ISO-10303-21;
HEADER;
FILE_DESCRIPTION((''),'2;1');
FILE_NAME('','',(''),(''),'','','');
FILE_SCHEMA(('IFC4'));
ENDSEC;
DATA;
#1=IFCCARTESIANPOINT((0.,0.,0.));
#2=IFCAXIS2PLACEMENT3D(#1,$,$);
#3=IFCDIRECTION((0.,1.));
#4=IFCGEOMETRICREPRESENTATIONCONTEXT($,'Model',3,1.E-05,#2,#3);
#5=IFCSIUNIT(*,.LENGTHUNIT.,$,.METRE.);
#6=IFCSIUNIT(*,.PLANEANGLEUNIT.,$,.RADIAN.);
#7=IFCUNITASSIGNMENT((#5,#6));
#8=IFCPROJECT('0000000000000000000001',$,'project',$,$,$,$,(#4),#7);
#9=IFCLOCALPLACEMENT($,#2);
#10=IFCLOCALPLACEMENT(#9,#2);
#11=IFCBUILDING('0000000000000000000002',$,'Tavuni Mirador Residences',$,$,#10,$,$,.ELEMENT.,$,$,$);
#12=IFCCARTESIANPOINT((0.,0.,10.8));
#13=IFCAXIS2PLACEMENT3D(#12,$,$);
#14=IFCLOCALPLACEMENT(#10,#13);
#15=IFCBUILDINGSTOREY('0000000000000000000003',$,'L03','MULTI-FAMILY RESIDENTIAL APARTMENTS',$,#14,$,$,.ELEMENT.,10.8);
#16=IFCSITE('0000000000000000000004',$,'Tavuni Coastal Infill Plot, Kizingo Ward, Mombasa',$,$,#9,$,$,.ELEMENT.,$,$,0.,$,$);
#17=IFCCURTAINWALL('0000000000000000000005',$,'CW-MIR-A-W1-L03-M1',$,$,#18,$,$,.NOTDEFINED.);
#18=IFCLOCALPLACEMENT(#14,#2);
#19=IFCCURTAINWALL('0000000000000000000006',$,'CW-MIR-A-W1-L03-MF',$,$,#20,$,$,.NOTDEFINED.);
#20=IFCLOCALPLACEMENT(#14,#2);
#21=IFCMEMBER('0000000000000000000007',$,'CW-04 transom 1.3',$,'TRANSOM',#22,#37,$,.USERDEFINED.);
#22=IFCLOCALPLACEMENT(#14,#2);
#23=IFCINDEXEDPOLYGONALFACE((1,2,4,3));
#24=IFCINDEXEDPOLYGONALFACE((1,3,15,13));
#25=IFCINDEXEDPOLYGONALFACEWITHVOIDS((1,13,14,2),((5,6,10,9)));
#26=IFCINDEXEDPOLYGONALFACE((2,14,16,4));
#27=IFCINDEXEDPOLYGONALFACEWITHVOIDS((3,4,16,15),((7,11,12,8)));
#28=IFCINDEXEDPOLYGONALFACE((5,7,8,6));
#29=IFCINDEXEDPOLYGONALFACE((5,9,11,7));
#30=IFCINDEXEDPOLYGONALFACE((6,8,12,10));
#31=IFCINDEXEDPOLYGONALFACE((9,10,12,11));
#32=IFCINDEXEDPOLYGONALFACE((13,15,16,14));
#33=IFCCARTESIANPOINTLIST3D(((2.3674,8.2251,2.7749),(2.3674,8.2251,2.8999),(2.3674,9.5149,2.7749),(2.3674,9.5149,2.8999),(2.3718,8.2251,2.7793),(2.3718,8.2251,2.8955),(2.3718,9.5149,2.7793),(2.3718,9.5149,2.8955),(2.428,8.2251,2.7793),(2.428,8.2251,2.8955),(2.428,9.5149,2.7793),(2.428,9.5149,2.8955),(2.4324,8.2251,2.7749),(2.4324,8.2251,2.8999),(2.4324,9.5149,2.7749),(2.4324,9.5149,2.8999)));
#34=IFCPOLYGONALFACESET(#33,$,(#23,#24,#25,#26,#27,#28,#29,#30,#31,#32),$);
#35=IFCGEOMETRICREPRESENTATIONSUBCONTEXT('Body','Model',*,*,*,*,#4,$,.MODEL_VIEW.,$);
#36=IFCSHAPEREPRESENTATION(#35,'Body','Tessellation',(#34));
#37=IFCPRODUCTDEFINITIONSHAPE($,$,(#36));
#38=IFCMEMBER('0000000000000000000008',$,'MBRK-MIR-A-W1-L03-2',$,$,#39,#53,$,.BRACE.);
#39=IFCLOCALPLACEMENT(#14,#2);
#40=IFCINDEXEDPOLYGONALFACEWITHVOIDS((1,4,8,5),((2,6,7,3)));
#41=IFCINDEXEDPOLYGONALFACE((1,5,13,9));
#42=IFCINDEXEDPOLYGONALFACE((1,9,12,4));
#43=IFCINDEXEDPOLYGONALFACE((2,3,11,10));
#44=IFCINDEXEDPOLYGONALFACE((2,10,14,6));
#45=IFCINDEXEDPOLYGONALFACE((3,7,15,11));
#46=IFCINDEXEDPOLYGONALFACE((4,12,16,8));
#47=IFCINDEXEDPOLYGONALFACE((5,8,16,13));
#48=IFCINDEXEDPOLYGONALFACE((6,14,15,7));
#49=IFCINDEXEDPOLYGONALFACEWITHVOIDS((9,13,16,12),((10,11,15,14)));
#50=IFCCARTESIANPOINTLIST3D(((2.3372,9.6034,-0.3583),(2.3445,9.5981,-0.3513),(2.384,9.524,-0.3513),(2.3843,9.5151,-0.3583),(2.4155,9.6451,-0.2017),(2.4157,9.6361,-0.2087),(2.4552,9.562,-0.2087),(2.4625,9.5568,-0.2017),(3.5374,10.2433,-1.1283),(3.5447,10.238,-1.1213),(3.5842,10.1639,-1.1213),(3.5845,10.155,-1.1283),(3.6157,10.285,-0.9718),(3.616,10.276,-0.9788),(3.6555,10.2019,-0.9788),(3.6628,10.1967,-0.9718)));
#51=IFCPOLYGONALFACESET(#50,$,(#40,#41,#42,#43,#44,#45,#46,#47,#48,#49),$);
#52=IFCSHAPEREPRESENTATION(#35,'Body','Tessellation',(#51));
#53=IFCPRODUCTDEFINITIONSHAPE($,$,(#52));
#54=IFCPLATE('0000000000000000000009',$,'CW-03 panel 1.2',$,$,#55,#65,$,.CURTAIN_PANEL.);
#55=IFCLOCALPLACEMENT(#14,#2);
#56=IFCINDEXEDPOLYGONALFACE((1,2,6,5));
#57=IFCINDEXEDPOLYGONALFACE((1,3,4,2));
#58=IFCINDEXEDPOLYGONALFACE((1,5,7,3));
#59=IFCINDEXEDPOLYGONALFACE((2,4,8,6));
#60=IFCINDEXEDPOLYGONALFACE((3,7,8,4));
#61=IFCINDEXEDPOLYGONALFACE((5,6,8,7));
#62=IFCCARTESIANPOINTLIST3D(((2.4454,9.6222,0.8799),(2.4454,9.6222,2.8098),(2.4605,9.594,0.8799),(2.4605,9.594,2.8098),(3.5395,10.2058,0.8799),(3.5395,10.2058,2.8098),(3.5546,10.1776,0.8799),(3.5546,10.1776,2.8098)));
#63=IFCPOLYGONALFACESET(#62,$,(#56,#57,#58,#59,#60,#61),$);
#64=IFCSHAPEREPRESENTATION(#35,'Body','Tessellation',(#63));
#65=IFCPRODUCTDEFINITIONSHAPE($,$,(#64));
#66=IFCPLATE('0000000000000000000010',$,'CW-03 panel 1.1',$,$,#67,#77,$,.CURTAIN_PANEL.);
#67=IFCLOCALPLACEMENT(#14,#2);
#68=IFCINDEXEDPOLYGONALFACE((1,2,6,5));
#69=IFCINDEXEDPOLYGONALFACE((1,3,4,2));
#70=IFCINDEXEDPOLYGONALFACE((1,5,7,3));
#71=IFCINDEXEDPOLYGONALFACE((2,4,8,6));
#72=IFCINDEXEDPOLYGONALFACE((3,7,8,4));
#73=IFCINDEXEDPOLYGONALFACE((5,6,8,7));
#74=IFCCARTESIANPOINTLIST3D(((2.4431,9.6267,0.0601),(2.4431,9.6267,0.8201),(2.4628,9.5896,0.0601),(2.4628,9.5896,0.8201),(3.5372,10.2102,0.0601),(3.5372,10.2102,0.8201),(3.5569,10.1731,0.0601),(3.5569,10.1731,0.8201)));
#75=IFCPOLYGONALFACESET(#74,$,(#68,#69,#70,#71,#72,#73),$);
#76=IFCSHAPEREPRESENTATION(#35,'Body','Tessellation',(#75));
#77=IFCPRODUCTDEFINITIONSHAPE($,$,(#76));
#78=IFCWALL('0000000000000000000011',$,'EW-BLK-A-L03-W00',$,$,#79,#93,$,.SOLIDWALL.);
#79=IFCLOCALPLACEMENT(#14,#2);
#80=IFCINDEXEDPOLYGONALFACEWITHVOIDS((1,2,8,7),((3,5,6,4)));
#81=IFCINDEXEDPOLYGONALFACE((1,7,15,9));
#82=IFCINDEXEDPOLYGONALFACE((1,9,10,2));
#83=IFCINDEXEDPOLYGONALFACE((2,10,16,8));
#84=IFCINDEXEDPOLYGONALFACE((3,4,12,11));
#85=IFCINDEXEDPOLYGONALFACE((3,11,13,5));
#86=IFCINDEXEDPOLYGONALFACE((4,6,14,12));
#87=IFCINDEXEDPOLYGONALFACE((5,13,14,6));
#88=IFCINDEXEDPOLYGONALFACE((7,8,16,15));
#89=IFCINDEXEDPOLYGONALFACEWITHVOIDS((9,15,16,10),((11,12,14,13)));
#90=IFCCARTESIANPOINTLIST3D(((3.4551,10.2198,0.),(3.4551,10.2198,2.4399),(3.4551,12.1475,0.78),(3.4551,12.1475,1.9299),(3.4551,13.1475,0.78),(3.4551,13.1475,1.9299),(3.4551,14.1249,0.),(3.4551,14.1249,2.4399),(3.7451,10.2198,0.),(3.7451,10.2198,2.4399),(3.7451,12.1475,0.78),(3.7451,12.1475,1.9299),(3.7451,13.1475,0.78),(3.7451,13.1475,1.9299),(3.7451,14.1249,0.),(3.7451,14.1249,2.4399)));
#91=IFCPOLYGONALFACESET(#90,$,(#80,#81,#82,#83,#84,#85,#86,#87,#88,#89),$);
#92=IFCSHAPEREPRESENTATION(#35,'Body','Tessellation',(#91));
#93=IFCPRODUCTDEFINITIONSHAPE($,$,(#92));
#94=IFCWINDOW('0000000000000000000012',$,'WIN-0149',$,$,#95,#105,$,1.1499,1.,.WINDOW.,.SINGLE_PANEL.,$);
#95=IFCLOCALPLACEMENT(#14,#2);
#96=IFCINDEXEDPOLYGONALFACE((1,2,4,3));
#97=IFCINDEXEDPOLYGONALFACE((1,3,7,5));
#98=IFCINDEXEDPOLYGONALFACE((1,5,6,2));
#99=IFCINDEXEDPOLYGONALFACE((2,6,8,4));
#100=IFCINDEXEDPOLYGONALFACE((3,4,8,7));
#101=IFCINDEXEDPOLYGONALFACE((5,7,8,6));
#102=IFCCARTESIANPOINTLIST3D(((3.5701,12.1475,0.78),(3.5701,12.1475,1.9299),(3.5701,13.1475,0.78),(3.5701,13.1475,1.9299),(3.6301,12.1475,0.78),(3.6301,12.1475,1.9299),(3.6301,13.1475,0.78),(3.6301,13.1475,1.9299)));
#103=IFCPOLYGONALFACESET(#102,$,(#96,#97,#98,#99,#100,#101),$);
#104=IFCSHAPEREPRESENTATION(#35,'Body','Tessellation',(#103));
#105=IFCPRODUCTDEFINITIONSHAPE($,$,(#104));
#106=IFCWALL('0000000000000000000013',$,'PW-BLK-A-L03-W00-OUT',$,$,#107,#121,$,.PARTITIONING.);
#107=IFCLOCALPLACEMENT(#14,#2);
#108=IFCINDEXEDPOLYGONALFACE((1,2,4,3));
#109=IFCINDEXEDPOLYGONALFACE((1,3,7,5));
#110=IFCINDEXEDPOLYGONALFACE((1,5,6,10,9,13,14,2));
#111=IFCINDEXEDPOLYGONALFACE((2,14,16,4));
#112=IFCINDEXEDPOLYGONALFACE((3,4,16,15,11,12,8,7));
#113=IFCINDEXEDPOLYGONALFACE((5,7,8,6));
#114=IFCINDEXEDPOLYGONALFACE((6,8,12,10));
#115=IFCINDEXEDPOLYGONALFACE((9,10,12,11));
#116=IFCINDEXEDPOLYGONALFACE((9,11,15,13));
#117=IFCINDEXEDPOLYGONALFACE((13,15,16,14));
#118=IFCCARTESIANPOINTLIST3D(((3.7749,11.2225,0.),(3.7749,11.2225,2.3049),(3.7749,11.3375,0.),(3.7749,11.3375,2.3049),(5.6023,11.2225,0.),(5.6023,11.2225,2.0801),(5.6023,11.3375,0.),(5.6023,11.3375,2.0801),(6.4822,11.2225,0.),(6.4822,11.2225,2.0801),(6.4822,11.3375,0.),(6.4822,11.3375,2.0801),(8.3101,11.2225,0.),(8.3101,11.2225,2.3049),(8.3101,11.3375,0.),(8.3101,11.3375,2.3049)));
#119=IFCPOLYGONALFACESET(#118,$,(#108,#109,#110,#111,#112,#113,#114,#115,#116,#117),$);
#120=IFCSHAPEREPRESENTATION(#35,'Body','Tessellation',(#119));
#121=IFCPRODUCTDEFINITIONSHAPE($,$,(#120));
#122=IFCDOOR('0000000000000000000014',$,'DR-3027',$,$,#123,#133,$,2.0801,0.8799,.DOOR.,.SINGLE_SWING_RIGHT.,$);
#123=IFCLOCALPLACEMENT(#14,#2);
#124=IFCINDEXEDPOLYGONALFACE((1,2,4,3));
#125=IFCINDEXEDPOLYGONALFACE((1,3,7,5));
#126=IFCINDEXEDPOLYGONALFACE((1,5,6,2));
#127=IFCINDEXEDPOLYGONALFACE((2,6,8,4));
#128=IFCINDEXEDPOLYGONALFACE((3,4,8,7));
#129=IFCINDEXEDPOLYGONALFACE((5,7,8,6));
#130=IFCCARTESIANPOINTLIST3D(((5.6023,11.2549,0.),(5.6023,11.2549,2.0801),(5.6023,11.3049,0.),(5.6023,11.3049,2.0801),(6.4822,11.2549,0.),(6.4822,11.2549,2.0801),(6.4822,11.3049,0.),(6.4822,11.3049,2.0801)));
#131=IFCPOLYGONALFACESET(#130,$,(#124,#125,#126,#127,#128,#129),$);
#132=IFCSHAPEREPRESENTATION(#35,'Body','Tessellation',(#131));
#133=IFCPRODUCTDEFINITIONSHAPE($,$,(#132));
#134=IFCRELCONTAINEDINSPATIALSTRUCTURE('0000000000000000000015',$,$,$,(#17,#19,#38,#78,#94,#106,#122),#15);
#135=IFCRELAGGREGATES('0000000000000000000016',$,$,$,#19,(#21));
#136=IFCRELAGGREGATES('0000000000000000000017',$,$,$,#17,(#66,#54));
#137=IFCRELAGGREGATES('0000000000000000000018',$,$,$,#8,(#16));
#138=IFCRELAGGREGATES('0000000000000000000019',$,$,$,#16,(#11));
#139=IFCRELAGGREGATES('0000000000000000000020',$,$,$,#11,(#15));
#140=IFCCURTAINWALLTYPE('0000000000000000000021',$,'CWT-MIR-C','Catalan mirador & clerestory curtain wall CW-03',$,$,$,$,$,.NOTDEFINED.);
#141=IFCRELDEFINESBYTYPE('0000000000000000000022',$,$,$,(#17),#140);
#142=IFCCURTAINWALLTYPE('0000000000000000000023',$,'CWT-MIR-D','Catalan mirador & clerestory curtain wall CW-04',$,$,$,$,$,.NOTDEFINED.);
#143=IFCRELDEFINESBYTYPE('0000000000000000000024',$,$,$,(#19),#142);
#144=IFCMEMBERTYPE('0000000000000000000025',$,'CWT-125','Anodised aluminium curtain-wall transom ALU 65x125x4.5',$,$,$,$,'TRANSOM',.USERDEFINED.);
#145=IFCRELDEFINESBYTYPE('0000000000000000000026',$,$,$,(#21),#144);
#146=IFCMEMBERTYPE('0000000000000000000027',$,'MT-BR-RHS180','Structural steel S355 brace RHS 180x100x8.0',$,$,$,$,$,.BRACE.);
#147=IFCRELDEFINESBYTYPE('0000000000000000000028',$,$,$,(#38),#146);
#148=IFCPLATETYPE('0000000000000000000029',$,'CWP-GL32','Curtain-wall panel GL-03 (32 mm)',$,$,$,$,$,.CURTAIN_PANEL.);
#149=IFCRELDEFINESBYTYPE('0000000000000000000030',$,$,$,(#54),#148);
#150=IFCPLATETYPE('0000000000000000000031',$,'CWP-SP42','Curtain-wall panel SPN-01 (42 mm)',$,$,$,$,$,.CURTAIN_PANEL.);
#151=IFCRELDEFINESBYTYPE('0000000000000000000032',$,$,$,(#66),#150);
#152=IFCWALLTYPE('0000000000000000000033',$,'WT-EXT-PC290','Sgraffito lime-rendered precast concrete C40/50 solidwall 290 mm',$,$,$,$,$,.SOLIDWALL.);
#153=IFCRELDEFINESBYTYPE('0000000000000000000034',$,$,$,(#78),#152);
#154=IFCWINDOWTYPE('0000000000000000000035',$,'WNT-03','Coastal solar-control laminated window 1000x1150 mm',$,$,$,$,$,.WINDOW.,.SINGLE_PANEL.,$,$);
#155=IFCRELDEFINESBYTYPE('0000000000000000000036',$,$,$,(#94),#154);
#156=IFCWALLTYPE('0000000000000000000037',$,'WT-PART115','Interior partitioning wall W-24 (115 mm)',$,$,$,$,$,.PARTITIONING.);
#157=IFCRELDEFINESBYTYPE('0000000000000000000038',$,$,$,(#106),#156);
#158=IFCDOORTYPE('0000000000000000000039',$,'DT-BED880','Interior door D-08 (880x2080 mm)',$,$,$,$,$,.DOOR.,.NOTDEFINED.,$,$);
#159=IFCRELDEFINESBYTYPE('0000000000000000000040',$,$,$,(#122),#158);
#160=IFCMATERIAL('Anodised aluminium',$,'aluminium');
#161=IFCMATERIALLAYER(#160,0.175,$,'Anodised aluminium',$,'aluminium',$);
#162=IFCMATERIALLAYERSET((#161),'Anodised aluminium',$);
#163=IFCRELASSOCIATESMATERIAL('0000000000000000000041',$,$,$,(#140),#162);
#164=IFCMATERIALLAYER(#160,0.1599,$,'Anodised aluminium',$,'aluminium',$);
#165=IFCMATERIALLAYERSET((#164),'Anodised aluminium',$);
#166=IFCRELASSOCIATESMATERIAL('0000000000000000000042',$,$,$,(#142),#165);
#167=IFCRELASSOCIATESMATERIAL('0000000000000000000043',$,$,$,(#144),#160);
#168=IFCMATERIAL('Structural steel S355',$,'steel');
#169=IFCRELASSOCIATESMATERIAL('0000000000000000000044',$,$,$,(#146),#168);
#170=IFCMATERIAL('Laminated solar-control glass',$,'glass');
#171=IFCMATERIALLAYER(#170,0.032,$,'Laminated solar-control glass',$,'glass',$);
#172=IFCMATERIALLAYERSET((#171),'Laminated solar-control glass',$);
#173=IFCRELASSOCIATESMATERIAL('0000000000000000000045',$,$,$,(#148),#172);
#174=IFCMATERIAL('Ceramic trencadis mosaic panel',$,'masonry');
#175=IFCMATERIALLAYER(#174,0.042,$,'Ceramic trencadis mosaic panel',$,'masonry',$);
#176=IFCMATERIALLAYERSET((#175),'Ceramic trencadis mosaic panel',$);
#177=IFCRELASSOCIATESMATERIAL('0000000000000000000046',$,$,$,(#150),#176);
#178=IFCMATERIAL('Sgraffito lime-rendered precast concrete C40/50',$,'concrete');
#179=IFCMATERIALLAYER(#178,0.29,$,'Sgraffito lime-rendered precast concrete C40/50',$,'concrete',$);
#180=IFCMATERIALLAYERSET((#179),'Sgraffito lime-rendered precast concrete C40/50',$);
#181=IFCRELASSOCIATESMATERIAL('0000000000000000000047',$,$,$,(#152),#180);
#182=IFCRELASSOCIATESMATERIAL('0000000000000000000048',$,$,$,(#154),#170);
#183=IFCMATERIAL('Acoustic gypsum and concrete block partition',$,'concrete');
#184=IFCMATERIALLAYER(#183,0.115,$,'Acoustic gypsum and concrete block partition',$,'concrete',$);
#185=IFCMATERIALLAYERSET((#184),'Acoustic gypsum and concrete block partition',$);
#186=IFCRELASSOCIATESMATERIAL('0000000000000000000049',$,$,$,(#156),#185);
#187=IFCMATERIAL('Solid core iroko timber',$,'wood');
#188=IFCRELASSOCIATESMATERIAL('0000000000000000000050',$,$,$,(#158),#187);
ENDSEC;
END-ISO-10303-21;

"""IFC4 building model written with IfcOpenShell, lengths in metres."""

from ifc_helpers import new_model, si_unit, direction, frame, frame_2d, origin, origin_2d, place, context, subcontext, project, spatial, rectangle, hollow_rectangle, extrude, material, layer, layer_set, material_profile, profile_set, type_object, element, fill, aggregate, save


model = new_model("IFC4")

# Units and contexts
model_context = context("Model", 3, precision=1e-05, world=origin(), true_north=direction((0.0, 1.0)))
body_context = subcontext(model_context, "Body", "Model", "MODEL_VIEW")
ifc_project = project(units=[si_unit("LENGTHUNIT", "METRE"), si_unit("PLANEANGLEUNIT", "RADIAN")], contexts=[model_context])

# Site, building, storey
site_placement = place(None, origin())
site = spatial("IfcSite", under=ifc_project, at=site_placement, Name="Tavuni Coastal Infill Plot, Kizingo Ward, Mombasa", CompositionType="ELEMENT", RefElevation=0.0)
building_placement = place(site_placement, origin())
building = spatial("IfcBuilding", under=site, at=building_placement, Name="Tavuni Mirador Residences", CompositionType="ELEMENT")
storey_placement = place(building_placement, frame((0.0, 0.0, 10.8)))
storey = spatial("IfcBuildingStorey", under=building, at=storey_placement, Name="L03", Description="MULTI-FAMILY RESIDENTIAL APARTMENTS", CompositionType="ELEMENT", Elevation=10.8)

# Curtain wall
ifc_material_1 = material(Name="Anodised aluminium", Category="aluminium")
ifc_layer_1 = layer(ifc_material_1, 0.175, Name="Anodised aluminium", Category="aluminium")
ifc_layer_set_1 = layer_set([ifc_layer_1], Name="Anodised aluminium")
curtain_wall_type_1 = type_object("IfcCurtainWallType", Name="CWT-MIR-C", Description="Catalan mirador & clerestory curtain wall CW-03", PredefinedType="NOTDEFINED", material=ifc_layer_set_1)
curtain_wall_1_placement = place(storey_placement, origin())
curtain_wall_1 = element("IfcCurtainWall", 1, at=curtain_wall_1_placement, inside=storey, type_object=curtain_wall_type_1, Name="CW-MIR-A-W1-L03-M1", PredefinedType="NOTDEFINED")

# Curtain wall
ifc_layer_2 = layer(ifc_material_1, 0.1599, Name="Anodised aluminium", Category="aluminium")
ifc_layer_set_2 = layer_set([ifc_layer_2], Name="Anodised aluminium")
curtain_wall_type_2 = type_object("IfcCurtainWallType", Name="CWT-MIR-D", Description="Catalan mirador & clerestory curtain wall CW-04", PredefinedType="NOTDEFINED", material=ifc_layer_set_2)
curtain_wall_2_placement = place(storey_placement, origin())
curtain_wall_2 = element("IfcCurtainWall", 2, at=curtain_wall_2_placement, inside=storey, type_object=curtain_wall_type_2, Name="CW-MIR-A-W1-L03-MF", PredefinedType="NOTDEFINED")

# Members
ifc_material_profile_1 = material_profile(ifc_material_1, hollow_rectangle(XDim=0.0649, YDim=0.125, WallThickness=0.0044, at=origin_2d()), Name="ALU 65x125x4.5", Category="aluminium")
ifc_profile_set_1 = profile_set([ifc_material_profile_1], Name="Anodised aluminium")
member_type_1 = type_object("IfcMemberType", Name="CWT-125", Description="Anodised aluminium curtain-wall transom ALU 65x125x4.5", ElementType="TRANSOM", PredefinedType="USERDEFINED", material=ifc_profile_set_1)
member_1_placement = place(storey_placement, frame((2.3999, 9.5149, 2.8374), z_axis=(0.0, -1.0, 0.0), x_axis=(1.0, 0.0, 0.0)))
member_1 = element("IfcMember", 3, at=member_1_placement, type_object=member_type_1, Name="CW-04 transom 1.3", ObjectType="TRANSOM", PredefinedType="USERDEFINED", context=body_context, shape_type="SweptSolid", body=[
    extrude(hollow_rectangle(XDim=0.0649, YDim=0.125, WallThickness=0.0044, at=origin_2d()), origin(), (0.0, 0.0, 1.0), 1.2898),
])
aggregate(curtain_wall_2, [member_1])
ifc_material_2 = material(Name="Structural steel S355", Category="steel")
ifc_material_profile_2 = material_profile(ifc_material_2, hollow_rectangle(XDim=0.1001, YDim=0.1799, WallThickness=0.0081, at=origin_2d()), Name="RHS 180x100x8.0", Category="steel")
ifc_profile_set_2 = profile_set([ifc_material_profile_2], Name="Structural steel S355")
member_type_2 = type_object("IfcMemberType", Name="MT-BR-RHS180", Description="Structural steel S355 brace RHS 180x100x8.0", PredefinedType="BRACE", material=ifc_profile_set_2)
member_2_placement = place(storey_placement, frame((3.6001, 10.22, -1.05), z_axis=(-0.767896, -0.409409, 0.492666), x_axis=(0.470467, -0.882418, 0.0)))
element("IfcMember", 4, at=member_2_placement, inside=storey, type_object=member_type_2, Name="MBRK-MIR-A-W1-L03-2", PredefinedType="BRACE", context=body_context, shape_type="SweptSolid", body=[
    extrude(hollow_rectangle(XDim=0.1001, YDim=0.1799, WallThickness=0.0081, at=origin_2d()), origin(), (0.0, 0.0, 1.0), 1.563),
])

# Plates
ifc_material_3 = material(Name="Laminated solar-control glass", Category="glass")
ifc_layer_3 = layer(ifc_material_3, 0.032, Name="Laminated solar-control glass", Category="glass")
ifc_layer_set_3 = layer_set([ifc_layer_3], Name="Laminated solar-control glass")
plate_type_1 = type_object("IfcPlateType", Name="CWP-GL32", Description="Curtain-wall panel GL-03 (32 mm)", PredefinedType="CURTAIN_PANEL", material=ifc_layer_set_3)
plate_1_placement = place(storey_placement, frame((3.0, 9.8999, 0.8799), z_axis=(0.0, 0.0, 1.0), x_axis=(-0.882353, -0.470588, 0.0)))
plate_1 = element("IfcPlate", 5, at=plate_1_placement, type_object=plate_type_1, Name="CW-03 panel 1.2", PredefinedType="CURTAIN_PANEL", context=body_context, shape_type="SweptSolid", body=[
    extrude(rectangle(XDim=1.24, YDim=0.032, at=origin_2d()), origin(), (0.0, 0.0, 1.0), 1.9299),
])
ifc_material_4 = material(Name="Ceramic trencadis mosaic panel", Category="masonry")
ifc_layer_4 = layer(ifc_material_4, 0.042, Name="Ceramic trencadis mosaic panel", Category="masonry")
ifc_layer_set_4 = layer_set([ifc_layer_4], Name="Ceramic trencadis mosaic panel")
plate_type_2 = type_object("IfcPlateType", Name="CWP-SP42", Description="Curtain-wall panel SPN-01 (42 mm)", PredefinedType="CURTAIN_PANEL", material=ifc_layer_set_4)
plate_2_placement = place(storey_placement, frame((3.0, 9.8999, 0.0601), z_axis=(0.0, 0.0, 1.0), x_axis=(-0.882353, -0.470588, 0.0)))
plate_2 = element("IfcPlate", 6, at=plate_2_placement, type_object=plate_type_2, Name="CW-03 panel 1.1", PredefinedType="CURTAIN_PANEL", context=body_context, shape_type="SweptSolid", body=[
    extrude(rectangle(XDim=1.24, YDim=0.042, at=origin_2d()), origin(), (0.0, 0.0, 1.0), 0.76),
])
aggregate(curtain_wall_1, [plate_2, plate_1])

# Wall, opening, window
ifc_material_5 = material(Name="Sgraffito lime-rendered precast concrete C40/50", Category="concrete")
ifc_layer_5 = layer(ifc_material_5, 0.29, Name="Sgraffito lime-rendered precast concrete C40/50", Category="concrete")
ifc_layer_set_5 = layer_set([ifc_layer_5], Name="Sgraffito lime-rendered precast concrete C40/50")
wall_type_1 = type_object("IfcWallType", Name="WT-EXT-PC290", Description="Sgraffito lime-rendered precast concrete C40/50 solidwall 290 mm", PredefinedType="SOLIDWALL", material=ifc_layer_set_5)
wall_1_placement = place(storey_placement, frame((3.6001, 14.125, 0.0), z_axis=(0.0, 0.0, 1.0), x_axis=(0.0, -1.0, 0.0)))
wall_1 = element("IfcWall", 7, at=wall_1_placement, inside=storey, type_object=wall_type_1, Name="EW-BLK-A-L03-W00", PredefinedType="SOLIDWALL", context=body_context, shape_type="SweptSolid", body=[
    extrude(rectangle(XDim=3.905, YDim=0.29, at=frame_2d((1.9526, 0.0))), origin(), (0.0, 0.0, 1.0), 2.4399),
])
opening_1_placement = place(wall_1_placement, frame((0.9775, 0.0, 0.78)))
opening_1 = element("IfcOpeningElement", 8, at=opening_1_placement, cuts=wall_1, PredefinedType="OPENING", context=body_context, shape_type="SweptSolid", body=[
    extrude(rectangle(XDim=1.0, YDim=1.1499, at=frame_2d((0.5, 0.575))), frame((0.0, 0.155, 0.0), z_axis=(0.0, -1.0, 0.0), x_axis=(1.0, 0.0, 0.0)), (0.0, 0.0, 1.0), 0.3101),
])
window_type = type_object("IfcWindowType", Name="WNT-03", Description="Coastal solar-control laminated window 1000x1150 mm", PartitioningType="SINGLE_PANEL", PredefinedType="WINDOW", material=ifc_material_3)
window_placement = place(opening_1_placement, origin())
window = element("IfcWindow", 9, at=window_placement, inside=storey, type_object=window_type, Name="WIN-0149", OverallHeight=1.1499, OverallWidth=1.0, PartitioningType="SINGLE_PANEL", PredefinedType="WINDOW", context=body_context, shape_type="SweptSolid", body=[
    extrude(rectangle(XDim=1.0, YDim=1.1499, at=frame_2d((0.5, 0.575))), frame((0.0, 0.03, 0.0), z_axis=(0.0, -1.0, 0.0), x_axis=(1.0, 0.0, 0.0)), (0.0, 0.0, 1.0), 0.0601),
])
fill(opening_1, window)

# Wall, opening, door
ifc_material_6 = material(Name="Acoustic gypsum and concrete block partition", Category="concrete")
ifc_layer_6 = layer(ifc_material_6, 0.115, Name="Acoustic gypsum and concrete block partition", Category="concrete")
ifc_layer_set_6 = layer_set([ifc_layer_6], Name="Acoustic gypsum and concrete block partition")
wall_type_2 = type_object("IfcWallType", Name="WT-PART115", Description="Interior partitioning wall W-24 (115 mm)", PredefinedType="PARTITIONING", material=ifc_layer_set_6)
wall_2_placement = place(storey_placement, frame((3.7749, 11.28, 0.0), z_axis=(0.0, 0.0, 1.0), x_axis=(1.0, 0.0, 0.0)))
wall_2 = element("IfcWall", 10, at=wall_2_placement, inside=storey, type_object=wall_type_2, Name="PW-BLK-A-L03-W00-OUT", PredefinedType="PARTITIONING", context=body_context, shape_type="SweptSolid", body=[
    extrude(rectangle(XDim=4.5352, YDim=0.115, at=frame_2d((2.2676, 0.0))), origin(), (0.0, 0.0, 1.0), 2.3049),
])
opening_2_placement = place(wall_2_placement, frame((1.8274, 0.0, 0.0)))
opening_2 = element("IfcOpeningElement", 11, at=opening_2_placement, cuts=wall_2, PredefinedType="OPENING", context=body_context, shape_type="SweptSolid", body=[
    extrude(rectangle(XDim=0.8799, YDim=2.0801, at=frame_2d((0.4399, 1.04))), frame((0.0, 0.0674, 0.0), z_axis=(0.0, -1.0, 0.0), x_axis=(1.0, 0.0, 0.0)), (0.0, 0.0, 1.0), 0.135),
])
ifc_material_7 = material(Name="Solid core iroko timber", Category="wood")
door_type_1 = type_object("IfcDoorType", Name="DT-BED880", Description="Interior door D-08 (880x2080 mm)", OperationType="NOTDEFINED", PredefinedType="DOOR", material=ifc_material_7)
door_1_placement = place(opening_2_placement, origin())
door_1 = element("IfcDoor", 12, at=door_1_placement, inside=storey, type_object=door_type_1, Name="DR-3027", OperationType="SINGLE_SWING_RIGHT", OverallHeight=2.0801, OverallWidth=0.8799, PredefinedType="DOOR", context=body_context, shape_type="SweptSolid", body=[
    extrude(rectangle(XDim=0.8799, YDim=2.0801, at=frame_2d((0.4399, 1.04))), frame((0.0, 0.0249, 0.0), z_axis=(0.0, -1.0, 0.0), x_axis=(1.0, 0.0, 0.0)), (0.0, 0.0, 1.0), 0.05),
])
fill(opening_2, door_1)

save(model, "model.ifc")
